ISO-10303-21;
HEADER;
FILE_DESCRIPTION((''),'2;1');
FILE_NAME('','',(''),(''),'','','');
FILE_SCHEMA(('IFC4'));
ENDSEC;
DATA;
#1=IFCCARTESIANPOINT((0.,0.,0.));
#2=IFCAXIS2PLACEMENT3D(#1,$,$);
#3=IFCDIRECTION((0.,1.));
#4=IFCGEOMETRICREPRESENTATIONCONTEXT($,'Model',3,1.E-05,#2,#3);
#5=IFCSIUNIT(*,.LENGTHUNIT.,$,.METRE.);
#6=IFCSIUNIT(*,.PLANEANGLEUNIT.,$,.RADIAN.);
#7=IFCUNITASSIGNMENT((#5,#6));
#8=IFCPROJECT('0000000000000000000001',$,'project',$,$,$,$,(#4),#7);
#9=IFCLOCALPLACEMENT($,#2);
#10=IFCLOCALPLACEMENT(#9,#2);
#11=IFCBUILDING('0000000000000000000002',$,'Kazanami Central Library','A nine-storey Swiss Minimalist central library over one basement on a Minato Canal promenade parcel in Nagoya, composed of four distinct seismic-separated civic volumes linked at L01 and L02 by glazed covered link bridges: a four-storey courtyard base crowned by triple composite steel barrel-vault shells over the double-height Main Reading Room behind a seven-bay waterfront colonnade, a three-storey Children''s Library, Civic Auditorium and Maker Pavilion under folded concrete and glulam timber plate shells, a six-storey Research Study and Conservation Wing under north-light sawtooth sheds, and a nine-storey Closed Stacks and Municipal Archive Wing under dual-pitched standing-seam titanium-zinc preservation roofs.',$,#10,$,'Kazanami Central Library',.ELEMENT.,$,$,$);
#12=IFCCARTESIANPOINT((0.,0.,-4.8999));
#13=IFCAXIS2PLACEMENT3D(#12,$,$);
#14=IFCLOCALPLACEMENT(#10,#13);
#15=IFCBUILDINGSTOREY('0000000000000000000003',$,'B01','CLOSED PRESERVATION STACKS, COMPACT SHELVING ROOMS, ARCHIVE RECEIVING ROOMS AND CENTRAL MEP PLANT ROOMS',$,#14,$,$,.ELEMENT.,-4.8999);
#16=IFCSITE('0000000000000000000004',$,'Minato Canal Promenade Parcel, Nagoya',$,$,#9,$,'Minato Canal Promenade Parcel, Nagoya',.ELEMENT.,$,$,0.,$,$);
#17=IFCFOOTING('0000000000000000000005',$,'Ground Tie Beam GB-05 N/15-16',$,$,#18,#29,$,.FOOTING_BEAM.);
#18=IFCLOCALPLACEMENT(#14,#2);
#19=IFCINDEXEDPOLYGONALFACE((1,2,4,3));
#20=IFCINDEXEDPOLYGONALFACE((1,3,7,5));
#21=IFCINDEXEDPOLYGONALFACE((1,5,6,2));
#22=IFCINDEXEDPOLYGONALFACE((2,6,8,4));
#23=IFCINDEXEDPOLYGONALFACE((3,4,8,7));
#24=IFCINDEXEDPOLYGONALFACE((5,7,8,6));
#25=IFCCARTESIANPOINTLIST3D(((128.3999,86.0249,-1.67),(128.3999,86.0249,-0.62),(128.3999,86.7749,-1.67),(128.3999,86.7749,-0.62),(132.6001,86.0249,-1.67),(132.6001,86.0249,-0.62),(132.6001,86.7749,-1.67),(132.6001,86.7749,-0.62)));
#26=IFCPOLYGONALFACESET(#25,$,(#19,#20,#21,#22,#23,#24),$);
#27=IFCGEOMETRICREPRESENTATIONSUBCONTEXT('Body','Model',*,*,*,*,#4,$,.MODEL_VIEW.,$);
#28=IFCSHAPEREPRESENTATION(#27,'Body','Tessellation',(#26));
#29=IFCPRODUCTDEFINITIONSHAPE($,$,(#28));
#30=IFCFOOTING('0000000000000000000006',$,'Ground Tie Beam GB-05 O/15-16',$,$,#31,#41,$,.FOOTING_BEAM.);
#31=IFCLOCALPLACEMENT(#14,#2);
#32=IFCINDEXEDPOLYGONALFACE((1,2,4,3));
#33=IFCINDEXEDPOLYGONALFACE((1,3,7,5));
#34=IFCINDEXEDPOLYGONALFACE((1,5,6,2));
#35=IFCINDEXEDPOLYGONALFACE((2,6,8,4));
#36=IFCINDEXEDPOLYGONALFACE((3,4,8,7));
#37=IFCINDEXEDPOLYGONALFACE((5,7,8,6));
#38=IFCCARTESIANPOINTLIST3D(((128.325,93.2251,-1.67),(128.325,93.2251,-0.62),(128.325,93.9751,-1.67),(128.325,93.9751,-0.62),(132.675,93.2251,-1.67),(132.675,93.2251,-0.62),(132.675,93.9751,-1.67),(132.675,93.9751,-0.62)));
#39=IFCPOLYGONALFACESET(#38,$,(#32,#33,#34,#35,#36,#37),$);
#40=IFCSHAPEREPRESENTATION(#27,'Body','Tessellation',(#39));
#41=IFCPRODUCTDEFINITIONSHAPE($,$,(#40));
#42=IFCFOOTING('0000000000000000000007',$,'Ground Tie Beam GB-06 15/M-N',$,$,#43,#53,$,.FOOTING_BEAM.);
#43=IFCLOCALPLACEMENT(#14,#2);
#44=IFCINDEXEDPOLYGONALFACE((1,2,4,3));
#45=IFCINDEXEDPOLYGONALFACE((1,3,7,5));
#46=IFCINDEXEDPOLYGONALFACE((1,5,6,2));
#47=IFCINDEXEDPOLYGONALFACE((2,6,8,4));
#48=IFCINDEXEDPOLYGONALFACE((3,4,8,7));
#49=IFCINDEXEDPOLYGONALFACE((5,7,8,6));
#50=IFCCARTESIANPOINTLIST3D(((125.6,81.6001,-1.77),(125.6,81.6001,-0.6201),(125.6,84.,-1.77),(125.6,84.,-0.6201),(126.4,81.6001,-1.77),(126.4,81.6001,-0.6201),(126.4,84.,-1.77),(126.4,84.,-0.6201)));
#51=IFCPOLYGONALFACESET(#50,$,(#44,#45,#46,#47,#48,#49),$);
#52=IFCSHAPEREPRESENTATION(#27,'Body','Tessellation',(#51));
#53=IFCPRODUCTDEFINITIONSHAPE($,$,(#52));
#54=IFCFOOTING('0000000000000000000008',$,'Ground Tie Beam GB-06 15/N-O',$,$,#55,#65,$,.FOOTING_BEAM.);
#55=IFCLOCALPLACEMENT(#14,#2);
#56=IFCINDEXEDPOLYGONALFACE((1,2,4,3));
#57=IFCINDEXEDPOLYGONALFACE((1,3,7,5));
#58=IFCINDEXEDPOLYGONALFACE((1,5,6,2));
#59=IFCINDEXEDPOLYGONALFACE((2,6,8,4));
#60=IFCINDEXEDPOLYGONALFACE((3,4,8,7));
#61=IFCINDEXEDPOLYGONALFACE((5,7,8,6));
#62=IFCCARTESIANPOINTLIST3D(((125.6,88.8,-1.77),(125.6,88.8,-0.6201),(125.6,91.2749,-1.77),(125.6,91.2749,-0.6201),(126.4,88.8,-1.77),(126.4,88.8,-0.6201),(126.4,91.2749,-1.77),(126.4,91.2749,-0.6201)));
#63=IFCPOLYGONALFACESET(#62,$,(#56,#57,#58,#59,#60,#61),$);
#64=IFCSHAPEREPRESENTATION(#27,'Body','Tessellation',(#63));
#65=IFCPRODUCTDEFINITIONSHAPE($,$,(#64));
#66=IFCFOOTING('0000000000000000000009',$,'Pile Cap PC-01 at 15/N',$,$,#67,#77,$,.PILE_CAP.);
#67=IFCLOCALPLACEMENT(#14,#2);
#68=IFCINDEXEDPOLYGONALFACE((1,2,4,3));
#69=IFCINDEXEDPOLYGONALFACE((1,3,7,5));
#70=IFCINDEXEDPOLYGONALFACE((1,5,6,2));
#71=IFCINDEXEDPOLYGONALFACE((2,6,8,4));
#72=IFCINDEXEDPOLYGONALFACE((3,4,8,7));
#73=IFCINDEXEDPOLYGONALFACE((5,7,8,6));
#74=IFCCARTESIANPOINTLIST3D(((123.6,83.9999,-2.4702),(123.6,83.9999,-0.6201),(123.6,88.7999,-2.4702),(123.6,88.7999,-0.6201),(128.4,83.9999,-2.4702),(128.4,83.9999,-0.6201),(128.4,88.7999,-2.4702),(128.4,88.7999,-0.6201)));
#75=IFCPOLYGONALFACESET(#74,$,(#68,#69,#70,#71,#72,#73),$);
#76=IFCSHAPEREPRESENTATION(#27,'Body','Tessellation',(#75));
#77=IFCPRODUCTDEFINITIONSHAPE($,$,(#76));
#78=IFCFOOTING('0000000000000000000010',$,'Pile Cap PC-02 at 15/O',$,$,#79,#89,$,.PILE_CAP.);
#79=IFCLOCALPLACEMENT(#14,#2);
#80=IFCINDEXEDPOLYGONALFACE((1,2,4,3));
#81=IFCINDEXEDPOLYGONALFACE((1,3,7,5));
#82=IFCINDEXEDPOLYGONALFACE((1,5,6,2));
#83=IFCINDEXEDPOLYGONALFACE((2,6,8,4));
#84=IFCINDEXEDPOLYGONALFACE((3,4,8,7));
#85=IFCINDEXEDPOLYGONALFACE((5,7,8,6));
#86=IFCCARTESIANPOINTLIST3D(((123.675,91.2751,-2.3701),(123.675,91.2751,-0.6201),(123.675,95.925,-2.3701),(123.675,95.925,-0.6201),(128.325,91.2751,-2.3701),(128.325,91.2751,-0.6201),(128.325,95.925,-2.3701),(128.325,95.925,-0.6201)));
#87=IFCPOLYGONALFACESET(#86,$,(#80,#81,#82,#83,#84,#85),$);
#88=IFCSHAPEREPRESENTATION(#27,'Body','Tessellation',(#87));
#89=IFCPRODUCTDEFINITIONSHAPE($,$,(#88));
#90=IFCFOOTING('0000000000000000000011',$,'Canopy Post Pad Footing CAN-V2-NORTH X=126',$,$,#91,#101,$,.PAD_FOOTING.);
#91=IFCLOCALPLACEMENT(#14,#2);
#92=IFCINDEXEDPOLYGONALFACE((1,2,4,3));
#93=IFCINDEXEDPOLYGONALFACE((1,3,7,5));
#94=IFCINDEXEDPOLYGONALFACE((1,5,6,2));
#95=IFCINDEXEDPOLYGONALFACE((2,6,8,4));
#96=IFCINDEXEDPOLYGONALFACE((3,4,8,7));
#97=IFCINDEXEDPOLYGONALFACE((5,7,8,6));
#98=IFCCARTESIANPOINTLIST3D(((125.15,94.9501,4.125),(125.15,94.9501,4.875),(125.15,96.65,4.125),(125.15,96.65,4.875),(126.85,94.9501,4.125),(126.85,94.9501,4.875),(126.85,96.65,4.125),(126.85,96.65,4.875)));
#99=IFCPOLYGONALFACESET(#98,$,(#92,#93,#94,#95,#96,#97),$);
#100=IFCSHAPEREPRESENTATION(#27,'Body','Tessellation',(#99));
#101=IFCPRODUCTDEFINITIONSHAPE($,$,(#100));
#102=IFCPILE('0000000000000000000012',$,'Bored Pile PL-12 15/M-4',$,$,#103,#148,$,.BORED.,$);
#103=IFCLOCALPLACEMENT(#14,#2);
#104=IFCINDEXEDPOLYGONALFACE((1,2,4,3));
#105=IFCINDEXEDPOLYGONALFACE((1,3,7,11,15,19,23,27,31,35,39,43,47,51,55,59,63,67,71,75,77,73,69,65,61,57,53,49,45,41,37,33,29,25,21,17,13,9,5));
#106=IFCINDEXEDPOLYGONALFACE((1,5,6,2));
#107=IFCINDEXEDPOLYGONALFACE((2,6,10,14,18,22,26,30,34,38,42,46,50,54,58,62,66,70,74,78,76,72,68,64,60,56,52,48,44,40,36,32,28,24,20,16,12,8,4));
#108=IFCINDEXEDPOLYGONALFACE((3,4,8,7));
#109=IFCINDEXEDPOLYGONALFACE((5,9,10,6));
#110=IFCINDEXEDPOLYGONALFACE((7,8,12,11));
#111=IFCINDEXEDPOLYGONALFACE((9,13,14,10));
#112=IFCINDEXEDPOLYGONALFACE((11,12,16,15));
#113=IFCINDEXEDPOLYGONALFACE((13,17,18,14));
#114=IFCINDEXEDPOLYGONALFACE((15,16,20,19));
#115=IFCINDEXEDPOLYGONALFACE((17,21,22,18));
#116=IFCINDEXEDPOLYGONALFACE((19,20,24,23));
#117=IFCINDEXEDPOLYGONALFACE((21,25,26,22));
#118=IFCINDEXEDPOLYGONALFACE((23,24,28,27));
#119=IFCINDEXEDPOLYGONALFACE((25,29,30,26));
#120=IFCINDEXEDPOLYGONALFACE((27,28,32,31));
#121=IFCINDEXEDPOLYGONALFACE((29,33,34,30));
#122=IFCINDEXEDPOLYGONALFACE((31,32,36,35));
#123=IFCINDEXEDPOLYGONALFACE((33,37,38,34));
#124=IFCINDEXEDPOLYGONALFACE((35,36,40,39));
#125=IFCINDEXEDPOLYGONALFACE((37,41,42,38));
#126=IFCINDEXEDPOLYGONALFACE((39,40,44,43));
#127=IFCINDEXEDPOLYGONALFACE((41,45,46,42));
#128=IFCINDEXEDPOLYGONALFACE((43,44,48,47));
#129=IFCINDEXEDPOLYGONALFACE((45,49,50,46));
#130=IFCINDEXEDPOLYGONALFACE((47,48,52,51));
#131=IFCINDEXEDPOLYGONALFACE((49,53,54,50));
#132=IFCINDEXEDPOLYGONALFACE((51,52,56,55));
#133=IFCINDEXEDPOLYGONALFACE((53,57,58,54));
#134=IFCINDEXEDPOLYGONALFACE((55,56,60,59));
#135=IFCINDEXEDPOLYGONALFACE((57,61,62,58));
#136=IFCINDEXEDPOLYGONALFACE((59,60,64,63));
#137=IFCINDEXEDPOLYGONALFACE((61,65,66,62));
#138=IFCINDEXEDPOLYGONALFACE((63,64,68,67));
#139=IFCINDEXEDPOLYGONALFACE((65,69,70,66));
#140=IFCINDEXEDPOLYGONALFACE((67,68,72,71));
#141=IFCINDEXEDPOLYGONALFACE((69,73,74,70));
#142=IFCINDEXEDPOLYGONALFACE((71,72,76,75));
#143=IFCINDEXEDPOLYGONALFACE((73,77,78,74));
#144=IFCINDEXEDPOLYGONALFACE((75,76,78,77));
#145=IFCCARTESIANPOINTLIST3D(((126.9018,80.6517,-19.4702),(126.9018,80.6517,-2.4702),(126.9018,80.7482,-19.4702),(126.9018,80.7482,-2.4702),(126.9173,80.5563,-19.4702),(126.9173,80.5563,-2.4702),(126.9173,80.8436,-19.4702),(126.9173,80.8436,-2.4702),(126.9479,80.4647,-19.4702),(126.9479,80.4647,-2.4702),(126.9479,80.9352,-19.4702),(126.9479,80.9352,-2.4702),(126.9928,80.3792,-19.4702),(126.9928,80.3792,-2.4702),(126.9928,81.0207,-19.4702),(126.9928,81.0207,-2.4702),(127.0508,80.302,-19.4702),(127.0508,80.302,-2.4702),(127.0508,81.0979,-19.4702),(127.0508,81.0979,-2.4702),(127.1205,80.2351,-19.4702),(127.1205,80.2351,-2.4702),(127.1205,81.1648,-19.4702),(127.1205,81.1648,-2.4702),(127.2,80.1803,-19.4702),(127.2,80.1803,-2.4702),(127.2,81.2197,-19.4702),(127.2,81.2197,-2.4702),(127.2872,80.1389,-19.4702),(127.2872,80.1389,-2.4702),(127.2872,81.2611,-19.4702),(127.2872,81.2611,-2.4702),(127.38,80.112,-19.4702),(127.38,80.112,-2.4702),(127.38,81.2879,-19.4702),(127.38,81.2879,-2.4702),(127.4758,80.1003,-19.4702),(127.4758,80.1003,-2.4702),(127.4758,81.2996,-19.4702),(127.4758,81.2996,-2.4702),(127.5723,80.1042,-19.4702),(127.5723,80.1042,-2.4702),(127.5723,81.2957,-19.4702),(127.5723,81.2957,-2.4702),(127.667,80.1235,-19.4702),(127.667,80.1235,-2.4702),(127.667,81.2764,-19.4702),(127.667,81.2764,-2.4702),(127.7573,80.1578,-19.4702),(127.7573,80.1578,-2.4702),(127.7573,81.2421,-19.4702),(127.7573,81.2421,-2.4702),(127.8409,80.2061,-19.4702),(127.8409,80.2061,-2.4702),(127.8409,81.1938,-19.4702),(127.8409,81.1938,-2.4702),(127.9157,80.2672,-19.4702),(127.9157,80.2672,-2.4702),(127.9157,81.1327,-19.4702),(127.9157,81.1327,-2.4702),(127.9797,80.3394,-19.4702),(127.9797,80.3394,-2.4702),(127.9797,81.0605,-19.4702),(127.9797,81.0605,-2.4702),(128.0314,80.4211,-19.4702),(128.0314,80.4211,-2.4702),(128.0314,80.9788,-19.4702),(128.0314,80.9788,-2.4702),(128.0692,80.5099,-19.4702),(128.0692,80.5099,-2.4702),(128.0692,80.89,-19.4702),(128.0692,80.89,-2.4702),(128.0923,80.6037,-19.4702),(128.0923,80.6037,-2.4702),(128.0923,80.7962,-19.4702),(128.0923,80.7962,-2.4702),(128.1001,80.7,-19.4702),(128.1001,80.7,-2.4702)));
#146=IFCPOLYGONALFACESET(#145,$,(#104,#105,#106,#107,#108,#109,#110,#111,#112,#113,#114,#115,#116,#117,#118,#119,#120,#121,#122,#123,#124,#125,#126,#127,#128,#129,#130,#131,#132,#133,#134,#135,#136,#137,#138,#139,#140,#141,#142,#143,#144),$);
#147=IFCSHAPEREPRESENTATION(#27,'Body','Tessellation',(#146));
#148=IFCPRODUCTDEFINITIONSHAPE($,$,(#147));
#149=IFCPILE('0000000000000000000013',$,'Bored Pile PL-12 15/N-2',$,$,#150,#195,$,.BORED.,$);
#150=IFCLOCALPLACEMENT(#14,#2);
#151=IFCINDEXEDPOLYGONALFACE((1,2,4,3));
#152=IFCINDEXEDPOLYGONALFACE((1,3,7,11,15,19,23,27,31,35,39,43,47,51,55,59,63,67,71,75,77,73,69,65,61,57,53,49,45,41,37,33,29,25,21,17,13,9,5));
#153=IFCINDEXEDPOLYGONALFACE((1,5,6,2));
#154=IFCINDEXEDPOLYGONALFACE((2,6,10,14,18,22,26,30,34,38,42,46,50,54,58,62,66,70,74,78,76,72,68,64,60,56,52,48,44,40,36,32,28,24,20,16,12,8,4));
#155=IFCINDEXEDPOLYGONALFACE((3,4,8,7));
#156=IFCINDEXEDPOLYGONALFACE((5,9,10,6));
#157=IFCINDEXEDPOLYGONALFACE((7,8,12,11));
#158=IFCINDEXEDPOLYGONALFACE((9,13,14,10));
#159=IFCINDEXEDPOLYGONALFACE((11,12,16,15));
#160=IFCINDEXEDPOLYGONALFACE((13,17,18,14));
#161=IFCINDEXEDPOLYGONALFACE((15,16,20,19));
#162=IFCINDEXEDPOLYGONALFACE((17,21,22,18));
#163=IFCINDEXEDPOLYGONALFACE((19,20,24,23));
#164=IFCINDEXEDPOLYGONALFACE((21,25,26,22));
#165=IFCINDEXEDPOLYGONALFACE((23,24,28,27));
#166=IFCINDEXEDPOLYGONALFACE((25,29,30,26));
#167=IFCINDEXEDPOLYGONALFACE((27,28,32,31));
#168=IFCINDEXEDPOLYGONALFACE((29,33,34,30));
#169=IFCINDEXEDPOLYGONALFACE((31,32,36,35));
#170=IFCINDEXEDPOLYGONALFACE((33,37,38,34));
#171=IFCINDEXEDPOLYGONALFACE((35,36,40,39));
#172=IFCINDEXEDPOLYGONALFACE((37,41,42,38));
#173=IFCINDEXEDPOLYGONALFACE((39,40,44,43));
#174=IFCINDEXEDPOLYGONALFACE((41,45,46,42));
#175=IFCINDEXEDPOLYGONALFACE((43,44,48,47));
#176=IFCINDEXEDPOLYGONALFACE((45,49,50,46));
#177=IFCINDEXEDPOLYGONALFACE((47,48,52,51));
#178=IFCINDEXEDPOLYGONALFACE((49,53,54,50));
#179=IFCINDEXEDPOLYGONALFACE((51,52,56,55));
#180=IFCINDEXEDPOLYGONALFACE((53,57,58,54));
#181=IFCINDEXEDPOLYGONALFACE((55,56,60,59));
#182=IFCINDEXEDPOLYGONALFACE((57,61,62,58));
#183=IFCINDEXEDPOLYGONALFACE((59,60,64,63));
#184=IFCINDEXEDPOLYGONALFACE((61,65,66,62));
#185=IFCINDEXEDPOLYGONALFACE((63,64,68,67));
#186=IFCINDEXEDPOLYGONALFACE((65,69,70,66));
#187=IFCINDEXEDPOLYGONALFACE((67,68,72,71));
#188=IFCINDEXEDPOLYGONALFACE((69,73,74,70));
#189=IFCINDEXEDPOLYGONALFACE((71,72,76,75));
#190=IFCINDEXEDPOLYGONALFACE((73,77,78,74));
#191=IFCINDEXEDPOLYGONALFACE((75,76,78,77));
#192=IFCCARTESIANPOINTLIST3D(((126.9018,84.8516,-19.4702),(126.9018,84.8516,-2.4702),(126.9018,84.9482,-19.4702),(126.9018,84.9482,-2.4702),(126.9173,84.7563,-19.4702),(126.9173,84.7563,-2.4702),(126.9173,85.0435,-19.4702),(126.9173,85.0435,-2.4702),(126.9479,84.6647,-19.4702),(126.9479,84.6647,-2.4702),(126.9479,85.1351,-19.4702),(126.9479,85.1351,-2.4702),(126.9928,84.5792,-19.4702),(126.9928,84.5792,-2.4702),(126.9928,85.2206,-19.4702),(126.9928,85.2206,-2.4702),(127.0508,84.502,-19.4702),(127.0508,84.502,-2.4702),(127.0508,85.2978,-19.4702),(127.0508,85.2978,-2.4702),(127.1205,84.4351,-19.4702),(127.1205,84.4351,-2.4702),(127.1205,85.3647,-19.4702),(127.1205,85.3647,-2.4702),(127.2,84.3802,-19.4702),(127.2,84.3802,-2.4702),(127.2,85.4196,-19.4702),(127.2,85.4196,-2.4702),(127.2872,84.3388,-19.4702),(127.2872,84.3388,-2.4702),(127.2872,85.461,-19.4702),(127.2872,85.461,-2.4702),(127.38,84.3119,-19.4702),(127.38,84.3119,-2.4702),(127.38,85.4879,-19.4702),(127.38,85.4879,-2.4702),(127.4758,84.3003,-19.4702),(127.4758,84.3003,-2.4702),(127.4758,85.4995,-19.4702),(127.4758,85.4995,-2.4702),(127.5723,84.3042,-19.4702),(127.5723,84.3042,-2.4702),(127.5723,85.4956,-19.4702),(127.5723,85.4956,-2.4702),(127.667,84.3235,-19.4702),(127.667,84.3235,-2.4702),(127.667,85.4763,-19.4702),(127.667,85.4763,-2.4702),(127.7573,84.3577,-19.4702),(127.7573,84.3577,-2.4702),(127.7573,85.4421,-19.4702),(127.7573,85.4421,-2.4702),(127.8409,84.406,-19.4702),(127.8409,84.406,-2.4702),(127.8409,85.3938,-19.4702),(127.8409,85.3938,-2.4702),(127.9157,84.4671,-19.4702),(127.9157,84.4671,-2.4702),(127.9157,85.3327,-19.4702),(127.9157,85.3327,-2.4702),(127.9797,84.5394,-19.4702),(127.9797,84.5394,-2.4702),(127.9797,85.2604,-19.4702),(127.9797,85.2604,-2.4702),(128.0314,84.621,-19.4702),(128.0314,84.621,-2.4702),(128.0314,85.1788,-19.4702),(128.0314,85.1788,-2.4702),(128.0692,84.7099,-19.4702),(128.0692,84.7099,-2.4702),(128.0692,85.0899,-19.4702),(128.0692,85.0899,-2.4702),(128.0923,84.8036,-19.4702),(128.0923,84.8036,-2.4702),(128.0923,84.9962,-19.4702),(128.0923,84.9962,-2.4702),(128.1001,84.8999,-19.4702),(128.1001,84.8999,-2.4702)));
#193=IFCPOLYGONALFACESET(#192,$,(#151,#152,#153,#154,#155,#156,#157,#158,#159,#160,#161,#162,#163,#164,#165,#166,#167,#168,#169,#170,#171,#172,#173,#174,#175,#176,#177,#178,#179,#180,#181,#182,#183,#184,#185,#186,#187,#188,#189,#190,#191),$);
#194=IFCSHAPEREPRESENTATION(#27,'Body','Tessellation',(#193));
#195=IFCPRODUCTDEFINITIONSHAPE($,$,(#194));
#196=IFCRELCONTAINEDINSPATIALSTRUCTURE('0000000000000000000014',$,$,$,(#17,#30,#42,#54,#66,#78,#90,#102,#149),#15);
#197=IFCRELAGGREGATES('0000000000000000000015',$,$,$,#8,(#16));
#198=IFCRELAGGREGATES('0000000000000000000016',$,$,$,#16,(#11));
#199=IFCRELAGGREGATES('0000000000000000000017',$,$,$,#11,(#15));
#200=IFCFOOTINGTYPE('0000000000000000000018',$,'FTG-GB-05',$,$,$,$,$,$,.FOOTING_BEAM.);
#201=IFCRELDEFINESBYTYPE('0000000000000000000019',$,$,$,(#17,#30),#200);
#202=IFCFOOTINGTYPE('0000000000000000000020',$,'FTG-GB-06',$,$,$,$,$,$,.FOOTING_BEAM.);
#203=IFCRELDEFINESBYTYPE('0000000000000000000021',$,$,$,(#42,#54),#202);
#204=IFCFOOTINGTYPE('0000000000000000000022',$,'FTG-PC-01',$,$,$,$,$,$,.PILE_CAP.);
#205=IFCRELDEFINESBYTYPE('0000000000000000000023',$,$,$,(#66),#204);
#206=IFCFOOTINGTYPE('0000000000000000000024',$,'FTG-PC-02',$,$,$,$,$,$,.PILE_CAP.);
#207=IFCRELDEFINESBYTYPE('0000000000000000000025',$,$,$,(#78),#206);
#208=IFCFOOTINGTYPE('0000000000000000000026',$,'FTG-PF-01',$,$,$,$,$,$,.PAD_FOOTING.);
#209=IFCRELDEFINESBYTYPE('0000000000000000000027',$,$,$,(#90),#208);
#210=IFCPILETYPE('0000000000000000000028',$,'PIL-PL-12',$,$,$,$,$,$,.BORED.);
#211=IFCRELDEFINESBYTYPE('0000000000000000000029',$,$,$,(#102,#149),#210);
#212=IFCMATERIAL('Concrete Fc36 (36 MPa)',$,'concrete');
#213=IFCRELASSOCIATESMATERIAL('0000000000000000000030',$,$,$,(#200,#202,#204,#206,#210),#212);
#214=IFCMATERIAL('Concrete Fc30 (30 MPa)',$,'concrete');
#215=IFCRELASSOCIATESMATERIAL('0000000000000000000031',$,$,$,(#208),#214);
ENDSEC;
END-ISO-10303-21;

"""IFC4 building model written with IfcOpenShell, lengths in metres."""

from ifc_helpers import new_model, si_unit, direction, frame, origin, origin_2d, place, context, subcontext, project, spatial, rectangle, circle, extrude, material, material_profile, profile_set, type_object, element, save


model = new_model("IFC4")

# Units and contexts
model_context = context("Model", 3, precision=1e-05, world=origin(), true_north=direction((0.0, 1.0)))
body_context = subcontext(model_context, "Body", "Model", "MODEL_VIEW")
ifc_project = project(units=[si_unit("LENGTHUNIT", "METRE"), si_unit("PLANEANGLEUNIT", "RADIAN")], contexts=[model_context])

# Site, building, storey
site_placement = place(None, origin())
site = spatial("IfcSite", under=ifc_project, at=site_placement, Name="Minato Canal Promenade Parcel, Nagoya", LongName="Minato Canal Promenade Parcel, Nagoya", CompositionType="ELEMENT", RefElevation=0.0)
building_placement = place(site_placement, origin())
building = spatial("IfcBuilding", under=site, at=building_placement, Name="Kazanami Central Library", Description="A nine-storey Swiss Minimalist central library over one basement on a Minato Canal promenade parcel in Nagoya, composed of four distinct seismic-separated civic volumes linked at L01 and L02 by glazed covered link bridges: a four-storey courtyard base crowned by triple composite steel barrel-vault shells over the double-height Main Reading Room behind a seven-bay waterfront colonnade, a three-storey Children's Library, Civic Auditorium and Maker Pavilion under folded concrete and glulam timber plate shells, a six-storey Research Study and Conservation Wing under north-light sawtooth sheds, and a nine-storey Closed Stacks and Municipal Archive Wing under dual-pitched standing-seam titanium-zinc preservation roofs.", LongName="Kazanami Central Library", CompositionType="ELEMENT")
storey_placement = place(building_placement, frame((0.0, 0.0, -4.8999)))
storey = spatial("IfcBuildingStorey", under=building, at=storey_placement, Name="B01", Description="CLOSED PRESERVATION STACKS, COMPACT SHELVING ROOMS, ARCHIVE RECEIVING ROOMS AND CENTRAL MEP PLANT ROOMS", CompositionType="ELEMENT", Elevation=-4.8999)

# Footings
ifc_material_1 = material(Name="Concrete Fc36 (36 MPa)", Category="concrete")
ifc_material_profile_1 = material_profile(ifc_material_1, rectangle(XDim=0.75, YDim=1.05, at=origin_2d()), Name="RC-750x1050")
ifc_profile_set_1 = profile_set([ifc_material_profile_1], Name="Concrete Fc36 (36 MPa)")
footing_type_1 = type_object("IfcFootingType", Name="FTG-GB-05", PredefinedType="FOOTING_BEAM", material=ifc_profile_set_1)
footing_1_placement = place(storey_placement, frame((128.3999, 86.3999, -1.145), z_axis=(1.0, 0.0, 0.0), x_axis=(0.0, 1.0, 0.0)))
element("IfcFooting", 1, at=footing_1_placement, inside=storey, type_object=footing_type_1, Name="Ground Tie Beam GB-05 N/15-16", PredefinedType="FOOTING_BEAM", context=body_context, shape_type="SweptSolid", body=[
    extrude(rectangle(XDim=0.75, YDim=1.05, at=origin_2d()), origin(), (0.0, 0.0, 1.0), 4.2002),
])
footing_2_placement = place(storey_placement, frame((128.325, 93.6001, -1.145), z_axis=(1.0, 0.0, 0.0), x_axis=(0.0, 1.0, 0.0)))
element("IfcFooting", 2, at=footing_2_placement, inside=storey, type_object=footing_type_1, Name="Ground Tie Beam GB-05 O/15-16", PredefinedType="FOOTING_BEAM", context=body_context, shape_type="SweptSolid", body=[
    extrude(rectangle(XDim=0.75, YDim=1.05, at=origin_2d()), origin(), (0.0, 0.0, 1.0), 4.3501),
])
ifc_material_profile_2 = material_profile(ifc_material_1, rectangle(XDim=0.8, YDim=1.1499, at=origin_2d()), Name="RC-800x1150")
ifc_profile_set_2 = profile_set([ifc_material_profile_2], Name="Concrete Fc36 (36 MPa)")
footing_type_2 = type_object("IfcFootingType", Name="FTG-GB-06", PredefinedType="FOOTING_BEAM", material=ifc_profile_set_2)
footing_3_placement = place(storey_placement, frame((126.0, 81.6001, -1.1951), z_axis=(0.0, 1.0, 0.0), x_axis=(-1.0, 0.0, 0.0)))
element("IfcFooting", 3, at=footing_3_placement, inside=storey, type_object=footing_type_2, Name="Ground Tie Beam GB-06 15/M-N", PredefinedType="FOOTING_BEAM", context=body_context, shape_type="SweptSolid", body=[
    extrude(rectangle(XDim=0.8, YDim=1.1499, at=origin_2d()), origin(), (0.0, 0.0, 1.0), 2.3999),
])
footing_4_placement = place(storey_placement, frame((126.0, 88.8, -1.1951), z_axis=(0.0, 1.0, 0.0), x_axis=(-1.0, 0.0, 0.0)))
element("IfcFooting", 4, at=footing_4_placement, inside=storey, type_object=footing_type_2, Name="Ground Tie Beam GB-06 15/N-O", PredefinedType="FOOTING_BEAM", context=body_context, shape_type="SweptSolid", body=[
    extrude(rectangle(XDim=0.8, YDim=1.1499, at=origin_2d()), origin(), (0.0, 0.0, 1.0), 2.4749),
])
footing_type_3 = type_object("IfcFootingType", Name="FTG-PC-01", PredefinedType="PILE_CAP", material=ifc_material_1)
footing_5_placement = place(storey_placement, frame((126.0, 86.3999, -2.4702), z_axis=(0.0, 0.0, 1.0), x_axis=(1.0, 0.0, 0.0)))
element("IfcFooting", 5, at=footing_5_placement, inside=storey, type_object=footing_type_3, Name="Pile Cap PC-01 at 15/N", PredefinedType="PILE_CAP", context=body_context, shape_type="SweptSolid", body=[
    extrude(rectangle(XDim=4.8, YDim=4.8, at=origin_2d()), origin(), (0.0, 0.0, 1.0), 1.8501),
])
footing_type_4 = type_object("IfcFootingType", Name="FTG-PC-02", PredefinedType="PILE_CAP", material=ifc_material_1)
footing_6_placement = place(storey_placement, frame((126.0, 93.6001, -2.3701), z_axis=(0.0, 0.0, 1.0), x_axis=(1.0, 0.0, 0.0)))
element("IfcFooting", 6, at=footing_6_placement, inside=storey, type_object=footing_type_4, Name="Pile Cap PC-02 at 15/O", PredefinedType="PILE_CAP", context=body_context, shape_type="SweptSolid", body=[
    extrude(rectangle(XDim=4.6499, YDim=4.6499, at=origin_2d()), origin(), (0.0, 0.0, 1.0), 1.75),
])
ifc_material_2 = material(Name="Concrete Fc30 (30 MPa)", Category="concrete")
footing_type_5 = type_object("IfcFootingType", Name="FTG-PF-01", PredefinedType="PAD_FOOTING", material=ifc_material_2)
footing_7_placement = place(storey_placement, frame((126.0, 95.8, 4.125), z_axis=(0.0, 0.0, 1.0), x_axis=(1.0, 0.0, 0.0)))
element("IfcFooting", 7, at=footing_7_placement, inside=storey, type_object=footing_type_5, Name="Canopy Post Pad Footing CAN-V2-NORTH X=126", PredefinedType="PAD_FOOTING", context=body_context, shape_type="SweptSolid", body=[
    extrude(rectangle(XDim=1.7, YDim=1.7, at=origin_2d()), origin(), (0.0, 0.0, 1.0), 0.75),
])

# Piles
ifc_material_profile_3 = material_profile(ifc_material_1, circle(Radius=0.6001, at=origin_2d()), Name="BORED-D1200")
ifc_profile_set_3 = profile_set([ifc_material_profile_3], Name="Concrete Fc36 (36 MPa)")
pile_type = type_object("IfcPileType", Name="PIL-PL-12", PredefinedType="BORED", material=ifc_profile_set_3)
for number, where, z_axis, x_axis, name in (
    (8, (127.5, 80.7, -2.4702), (0.0, 0.0, -1.0), (1.0, 0.0, 0.0), "Bored Pile PL-12 15/M-4"),
    (9, (127.5, 84.8999, -2.4702), (0.0, 0.0, -1.0), (1.0, 0.0, 0.0), "Bored Pile PL-12 15/N-2"),
):
    element("IfcPile", number, at=place(storey_placement, frame(where, z_axis=z_axis, x_axis=x_axis)), inside=storey, type_object=pile_type, Name=name, PredefinedType="BORED", context=body_context, shape_type="SweptSolid", body=[
        extrude(circle(Radius=0.6001, at=origin_2d()), origin(), (0.0, 0.0, 1.0), 17.0),
    ])

save(model, "model.ifc")
